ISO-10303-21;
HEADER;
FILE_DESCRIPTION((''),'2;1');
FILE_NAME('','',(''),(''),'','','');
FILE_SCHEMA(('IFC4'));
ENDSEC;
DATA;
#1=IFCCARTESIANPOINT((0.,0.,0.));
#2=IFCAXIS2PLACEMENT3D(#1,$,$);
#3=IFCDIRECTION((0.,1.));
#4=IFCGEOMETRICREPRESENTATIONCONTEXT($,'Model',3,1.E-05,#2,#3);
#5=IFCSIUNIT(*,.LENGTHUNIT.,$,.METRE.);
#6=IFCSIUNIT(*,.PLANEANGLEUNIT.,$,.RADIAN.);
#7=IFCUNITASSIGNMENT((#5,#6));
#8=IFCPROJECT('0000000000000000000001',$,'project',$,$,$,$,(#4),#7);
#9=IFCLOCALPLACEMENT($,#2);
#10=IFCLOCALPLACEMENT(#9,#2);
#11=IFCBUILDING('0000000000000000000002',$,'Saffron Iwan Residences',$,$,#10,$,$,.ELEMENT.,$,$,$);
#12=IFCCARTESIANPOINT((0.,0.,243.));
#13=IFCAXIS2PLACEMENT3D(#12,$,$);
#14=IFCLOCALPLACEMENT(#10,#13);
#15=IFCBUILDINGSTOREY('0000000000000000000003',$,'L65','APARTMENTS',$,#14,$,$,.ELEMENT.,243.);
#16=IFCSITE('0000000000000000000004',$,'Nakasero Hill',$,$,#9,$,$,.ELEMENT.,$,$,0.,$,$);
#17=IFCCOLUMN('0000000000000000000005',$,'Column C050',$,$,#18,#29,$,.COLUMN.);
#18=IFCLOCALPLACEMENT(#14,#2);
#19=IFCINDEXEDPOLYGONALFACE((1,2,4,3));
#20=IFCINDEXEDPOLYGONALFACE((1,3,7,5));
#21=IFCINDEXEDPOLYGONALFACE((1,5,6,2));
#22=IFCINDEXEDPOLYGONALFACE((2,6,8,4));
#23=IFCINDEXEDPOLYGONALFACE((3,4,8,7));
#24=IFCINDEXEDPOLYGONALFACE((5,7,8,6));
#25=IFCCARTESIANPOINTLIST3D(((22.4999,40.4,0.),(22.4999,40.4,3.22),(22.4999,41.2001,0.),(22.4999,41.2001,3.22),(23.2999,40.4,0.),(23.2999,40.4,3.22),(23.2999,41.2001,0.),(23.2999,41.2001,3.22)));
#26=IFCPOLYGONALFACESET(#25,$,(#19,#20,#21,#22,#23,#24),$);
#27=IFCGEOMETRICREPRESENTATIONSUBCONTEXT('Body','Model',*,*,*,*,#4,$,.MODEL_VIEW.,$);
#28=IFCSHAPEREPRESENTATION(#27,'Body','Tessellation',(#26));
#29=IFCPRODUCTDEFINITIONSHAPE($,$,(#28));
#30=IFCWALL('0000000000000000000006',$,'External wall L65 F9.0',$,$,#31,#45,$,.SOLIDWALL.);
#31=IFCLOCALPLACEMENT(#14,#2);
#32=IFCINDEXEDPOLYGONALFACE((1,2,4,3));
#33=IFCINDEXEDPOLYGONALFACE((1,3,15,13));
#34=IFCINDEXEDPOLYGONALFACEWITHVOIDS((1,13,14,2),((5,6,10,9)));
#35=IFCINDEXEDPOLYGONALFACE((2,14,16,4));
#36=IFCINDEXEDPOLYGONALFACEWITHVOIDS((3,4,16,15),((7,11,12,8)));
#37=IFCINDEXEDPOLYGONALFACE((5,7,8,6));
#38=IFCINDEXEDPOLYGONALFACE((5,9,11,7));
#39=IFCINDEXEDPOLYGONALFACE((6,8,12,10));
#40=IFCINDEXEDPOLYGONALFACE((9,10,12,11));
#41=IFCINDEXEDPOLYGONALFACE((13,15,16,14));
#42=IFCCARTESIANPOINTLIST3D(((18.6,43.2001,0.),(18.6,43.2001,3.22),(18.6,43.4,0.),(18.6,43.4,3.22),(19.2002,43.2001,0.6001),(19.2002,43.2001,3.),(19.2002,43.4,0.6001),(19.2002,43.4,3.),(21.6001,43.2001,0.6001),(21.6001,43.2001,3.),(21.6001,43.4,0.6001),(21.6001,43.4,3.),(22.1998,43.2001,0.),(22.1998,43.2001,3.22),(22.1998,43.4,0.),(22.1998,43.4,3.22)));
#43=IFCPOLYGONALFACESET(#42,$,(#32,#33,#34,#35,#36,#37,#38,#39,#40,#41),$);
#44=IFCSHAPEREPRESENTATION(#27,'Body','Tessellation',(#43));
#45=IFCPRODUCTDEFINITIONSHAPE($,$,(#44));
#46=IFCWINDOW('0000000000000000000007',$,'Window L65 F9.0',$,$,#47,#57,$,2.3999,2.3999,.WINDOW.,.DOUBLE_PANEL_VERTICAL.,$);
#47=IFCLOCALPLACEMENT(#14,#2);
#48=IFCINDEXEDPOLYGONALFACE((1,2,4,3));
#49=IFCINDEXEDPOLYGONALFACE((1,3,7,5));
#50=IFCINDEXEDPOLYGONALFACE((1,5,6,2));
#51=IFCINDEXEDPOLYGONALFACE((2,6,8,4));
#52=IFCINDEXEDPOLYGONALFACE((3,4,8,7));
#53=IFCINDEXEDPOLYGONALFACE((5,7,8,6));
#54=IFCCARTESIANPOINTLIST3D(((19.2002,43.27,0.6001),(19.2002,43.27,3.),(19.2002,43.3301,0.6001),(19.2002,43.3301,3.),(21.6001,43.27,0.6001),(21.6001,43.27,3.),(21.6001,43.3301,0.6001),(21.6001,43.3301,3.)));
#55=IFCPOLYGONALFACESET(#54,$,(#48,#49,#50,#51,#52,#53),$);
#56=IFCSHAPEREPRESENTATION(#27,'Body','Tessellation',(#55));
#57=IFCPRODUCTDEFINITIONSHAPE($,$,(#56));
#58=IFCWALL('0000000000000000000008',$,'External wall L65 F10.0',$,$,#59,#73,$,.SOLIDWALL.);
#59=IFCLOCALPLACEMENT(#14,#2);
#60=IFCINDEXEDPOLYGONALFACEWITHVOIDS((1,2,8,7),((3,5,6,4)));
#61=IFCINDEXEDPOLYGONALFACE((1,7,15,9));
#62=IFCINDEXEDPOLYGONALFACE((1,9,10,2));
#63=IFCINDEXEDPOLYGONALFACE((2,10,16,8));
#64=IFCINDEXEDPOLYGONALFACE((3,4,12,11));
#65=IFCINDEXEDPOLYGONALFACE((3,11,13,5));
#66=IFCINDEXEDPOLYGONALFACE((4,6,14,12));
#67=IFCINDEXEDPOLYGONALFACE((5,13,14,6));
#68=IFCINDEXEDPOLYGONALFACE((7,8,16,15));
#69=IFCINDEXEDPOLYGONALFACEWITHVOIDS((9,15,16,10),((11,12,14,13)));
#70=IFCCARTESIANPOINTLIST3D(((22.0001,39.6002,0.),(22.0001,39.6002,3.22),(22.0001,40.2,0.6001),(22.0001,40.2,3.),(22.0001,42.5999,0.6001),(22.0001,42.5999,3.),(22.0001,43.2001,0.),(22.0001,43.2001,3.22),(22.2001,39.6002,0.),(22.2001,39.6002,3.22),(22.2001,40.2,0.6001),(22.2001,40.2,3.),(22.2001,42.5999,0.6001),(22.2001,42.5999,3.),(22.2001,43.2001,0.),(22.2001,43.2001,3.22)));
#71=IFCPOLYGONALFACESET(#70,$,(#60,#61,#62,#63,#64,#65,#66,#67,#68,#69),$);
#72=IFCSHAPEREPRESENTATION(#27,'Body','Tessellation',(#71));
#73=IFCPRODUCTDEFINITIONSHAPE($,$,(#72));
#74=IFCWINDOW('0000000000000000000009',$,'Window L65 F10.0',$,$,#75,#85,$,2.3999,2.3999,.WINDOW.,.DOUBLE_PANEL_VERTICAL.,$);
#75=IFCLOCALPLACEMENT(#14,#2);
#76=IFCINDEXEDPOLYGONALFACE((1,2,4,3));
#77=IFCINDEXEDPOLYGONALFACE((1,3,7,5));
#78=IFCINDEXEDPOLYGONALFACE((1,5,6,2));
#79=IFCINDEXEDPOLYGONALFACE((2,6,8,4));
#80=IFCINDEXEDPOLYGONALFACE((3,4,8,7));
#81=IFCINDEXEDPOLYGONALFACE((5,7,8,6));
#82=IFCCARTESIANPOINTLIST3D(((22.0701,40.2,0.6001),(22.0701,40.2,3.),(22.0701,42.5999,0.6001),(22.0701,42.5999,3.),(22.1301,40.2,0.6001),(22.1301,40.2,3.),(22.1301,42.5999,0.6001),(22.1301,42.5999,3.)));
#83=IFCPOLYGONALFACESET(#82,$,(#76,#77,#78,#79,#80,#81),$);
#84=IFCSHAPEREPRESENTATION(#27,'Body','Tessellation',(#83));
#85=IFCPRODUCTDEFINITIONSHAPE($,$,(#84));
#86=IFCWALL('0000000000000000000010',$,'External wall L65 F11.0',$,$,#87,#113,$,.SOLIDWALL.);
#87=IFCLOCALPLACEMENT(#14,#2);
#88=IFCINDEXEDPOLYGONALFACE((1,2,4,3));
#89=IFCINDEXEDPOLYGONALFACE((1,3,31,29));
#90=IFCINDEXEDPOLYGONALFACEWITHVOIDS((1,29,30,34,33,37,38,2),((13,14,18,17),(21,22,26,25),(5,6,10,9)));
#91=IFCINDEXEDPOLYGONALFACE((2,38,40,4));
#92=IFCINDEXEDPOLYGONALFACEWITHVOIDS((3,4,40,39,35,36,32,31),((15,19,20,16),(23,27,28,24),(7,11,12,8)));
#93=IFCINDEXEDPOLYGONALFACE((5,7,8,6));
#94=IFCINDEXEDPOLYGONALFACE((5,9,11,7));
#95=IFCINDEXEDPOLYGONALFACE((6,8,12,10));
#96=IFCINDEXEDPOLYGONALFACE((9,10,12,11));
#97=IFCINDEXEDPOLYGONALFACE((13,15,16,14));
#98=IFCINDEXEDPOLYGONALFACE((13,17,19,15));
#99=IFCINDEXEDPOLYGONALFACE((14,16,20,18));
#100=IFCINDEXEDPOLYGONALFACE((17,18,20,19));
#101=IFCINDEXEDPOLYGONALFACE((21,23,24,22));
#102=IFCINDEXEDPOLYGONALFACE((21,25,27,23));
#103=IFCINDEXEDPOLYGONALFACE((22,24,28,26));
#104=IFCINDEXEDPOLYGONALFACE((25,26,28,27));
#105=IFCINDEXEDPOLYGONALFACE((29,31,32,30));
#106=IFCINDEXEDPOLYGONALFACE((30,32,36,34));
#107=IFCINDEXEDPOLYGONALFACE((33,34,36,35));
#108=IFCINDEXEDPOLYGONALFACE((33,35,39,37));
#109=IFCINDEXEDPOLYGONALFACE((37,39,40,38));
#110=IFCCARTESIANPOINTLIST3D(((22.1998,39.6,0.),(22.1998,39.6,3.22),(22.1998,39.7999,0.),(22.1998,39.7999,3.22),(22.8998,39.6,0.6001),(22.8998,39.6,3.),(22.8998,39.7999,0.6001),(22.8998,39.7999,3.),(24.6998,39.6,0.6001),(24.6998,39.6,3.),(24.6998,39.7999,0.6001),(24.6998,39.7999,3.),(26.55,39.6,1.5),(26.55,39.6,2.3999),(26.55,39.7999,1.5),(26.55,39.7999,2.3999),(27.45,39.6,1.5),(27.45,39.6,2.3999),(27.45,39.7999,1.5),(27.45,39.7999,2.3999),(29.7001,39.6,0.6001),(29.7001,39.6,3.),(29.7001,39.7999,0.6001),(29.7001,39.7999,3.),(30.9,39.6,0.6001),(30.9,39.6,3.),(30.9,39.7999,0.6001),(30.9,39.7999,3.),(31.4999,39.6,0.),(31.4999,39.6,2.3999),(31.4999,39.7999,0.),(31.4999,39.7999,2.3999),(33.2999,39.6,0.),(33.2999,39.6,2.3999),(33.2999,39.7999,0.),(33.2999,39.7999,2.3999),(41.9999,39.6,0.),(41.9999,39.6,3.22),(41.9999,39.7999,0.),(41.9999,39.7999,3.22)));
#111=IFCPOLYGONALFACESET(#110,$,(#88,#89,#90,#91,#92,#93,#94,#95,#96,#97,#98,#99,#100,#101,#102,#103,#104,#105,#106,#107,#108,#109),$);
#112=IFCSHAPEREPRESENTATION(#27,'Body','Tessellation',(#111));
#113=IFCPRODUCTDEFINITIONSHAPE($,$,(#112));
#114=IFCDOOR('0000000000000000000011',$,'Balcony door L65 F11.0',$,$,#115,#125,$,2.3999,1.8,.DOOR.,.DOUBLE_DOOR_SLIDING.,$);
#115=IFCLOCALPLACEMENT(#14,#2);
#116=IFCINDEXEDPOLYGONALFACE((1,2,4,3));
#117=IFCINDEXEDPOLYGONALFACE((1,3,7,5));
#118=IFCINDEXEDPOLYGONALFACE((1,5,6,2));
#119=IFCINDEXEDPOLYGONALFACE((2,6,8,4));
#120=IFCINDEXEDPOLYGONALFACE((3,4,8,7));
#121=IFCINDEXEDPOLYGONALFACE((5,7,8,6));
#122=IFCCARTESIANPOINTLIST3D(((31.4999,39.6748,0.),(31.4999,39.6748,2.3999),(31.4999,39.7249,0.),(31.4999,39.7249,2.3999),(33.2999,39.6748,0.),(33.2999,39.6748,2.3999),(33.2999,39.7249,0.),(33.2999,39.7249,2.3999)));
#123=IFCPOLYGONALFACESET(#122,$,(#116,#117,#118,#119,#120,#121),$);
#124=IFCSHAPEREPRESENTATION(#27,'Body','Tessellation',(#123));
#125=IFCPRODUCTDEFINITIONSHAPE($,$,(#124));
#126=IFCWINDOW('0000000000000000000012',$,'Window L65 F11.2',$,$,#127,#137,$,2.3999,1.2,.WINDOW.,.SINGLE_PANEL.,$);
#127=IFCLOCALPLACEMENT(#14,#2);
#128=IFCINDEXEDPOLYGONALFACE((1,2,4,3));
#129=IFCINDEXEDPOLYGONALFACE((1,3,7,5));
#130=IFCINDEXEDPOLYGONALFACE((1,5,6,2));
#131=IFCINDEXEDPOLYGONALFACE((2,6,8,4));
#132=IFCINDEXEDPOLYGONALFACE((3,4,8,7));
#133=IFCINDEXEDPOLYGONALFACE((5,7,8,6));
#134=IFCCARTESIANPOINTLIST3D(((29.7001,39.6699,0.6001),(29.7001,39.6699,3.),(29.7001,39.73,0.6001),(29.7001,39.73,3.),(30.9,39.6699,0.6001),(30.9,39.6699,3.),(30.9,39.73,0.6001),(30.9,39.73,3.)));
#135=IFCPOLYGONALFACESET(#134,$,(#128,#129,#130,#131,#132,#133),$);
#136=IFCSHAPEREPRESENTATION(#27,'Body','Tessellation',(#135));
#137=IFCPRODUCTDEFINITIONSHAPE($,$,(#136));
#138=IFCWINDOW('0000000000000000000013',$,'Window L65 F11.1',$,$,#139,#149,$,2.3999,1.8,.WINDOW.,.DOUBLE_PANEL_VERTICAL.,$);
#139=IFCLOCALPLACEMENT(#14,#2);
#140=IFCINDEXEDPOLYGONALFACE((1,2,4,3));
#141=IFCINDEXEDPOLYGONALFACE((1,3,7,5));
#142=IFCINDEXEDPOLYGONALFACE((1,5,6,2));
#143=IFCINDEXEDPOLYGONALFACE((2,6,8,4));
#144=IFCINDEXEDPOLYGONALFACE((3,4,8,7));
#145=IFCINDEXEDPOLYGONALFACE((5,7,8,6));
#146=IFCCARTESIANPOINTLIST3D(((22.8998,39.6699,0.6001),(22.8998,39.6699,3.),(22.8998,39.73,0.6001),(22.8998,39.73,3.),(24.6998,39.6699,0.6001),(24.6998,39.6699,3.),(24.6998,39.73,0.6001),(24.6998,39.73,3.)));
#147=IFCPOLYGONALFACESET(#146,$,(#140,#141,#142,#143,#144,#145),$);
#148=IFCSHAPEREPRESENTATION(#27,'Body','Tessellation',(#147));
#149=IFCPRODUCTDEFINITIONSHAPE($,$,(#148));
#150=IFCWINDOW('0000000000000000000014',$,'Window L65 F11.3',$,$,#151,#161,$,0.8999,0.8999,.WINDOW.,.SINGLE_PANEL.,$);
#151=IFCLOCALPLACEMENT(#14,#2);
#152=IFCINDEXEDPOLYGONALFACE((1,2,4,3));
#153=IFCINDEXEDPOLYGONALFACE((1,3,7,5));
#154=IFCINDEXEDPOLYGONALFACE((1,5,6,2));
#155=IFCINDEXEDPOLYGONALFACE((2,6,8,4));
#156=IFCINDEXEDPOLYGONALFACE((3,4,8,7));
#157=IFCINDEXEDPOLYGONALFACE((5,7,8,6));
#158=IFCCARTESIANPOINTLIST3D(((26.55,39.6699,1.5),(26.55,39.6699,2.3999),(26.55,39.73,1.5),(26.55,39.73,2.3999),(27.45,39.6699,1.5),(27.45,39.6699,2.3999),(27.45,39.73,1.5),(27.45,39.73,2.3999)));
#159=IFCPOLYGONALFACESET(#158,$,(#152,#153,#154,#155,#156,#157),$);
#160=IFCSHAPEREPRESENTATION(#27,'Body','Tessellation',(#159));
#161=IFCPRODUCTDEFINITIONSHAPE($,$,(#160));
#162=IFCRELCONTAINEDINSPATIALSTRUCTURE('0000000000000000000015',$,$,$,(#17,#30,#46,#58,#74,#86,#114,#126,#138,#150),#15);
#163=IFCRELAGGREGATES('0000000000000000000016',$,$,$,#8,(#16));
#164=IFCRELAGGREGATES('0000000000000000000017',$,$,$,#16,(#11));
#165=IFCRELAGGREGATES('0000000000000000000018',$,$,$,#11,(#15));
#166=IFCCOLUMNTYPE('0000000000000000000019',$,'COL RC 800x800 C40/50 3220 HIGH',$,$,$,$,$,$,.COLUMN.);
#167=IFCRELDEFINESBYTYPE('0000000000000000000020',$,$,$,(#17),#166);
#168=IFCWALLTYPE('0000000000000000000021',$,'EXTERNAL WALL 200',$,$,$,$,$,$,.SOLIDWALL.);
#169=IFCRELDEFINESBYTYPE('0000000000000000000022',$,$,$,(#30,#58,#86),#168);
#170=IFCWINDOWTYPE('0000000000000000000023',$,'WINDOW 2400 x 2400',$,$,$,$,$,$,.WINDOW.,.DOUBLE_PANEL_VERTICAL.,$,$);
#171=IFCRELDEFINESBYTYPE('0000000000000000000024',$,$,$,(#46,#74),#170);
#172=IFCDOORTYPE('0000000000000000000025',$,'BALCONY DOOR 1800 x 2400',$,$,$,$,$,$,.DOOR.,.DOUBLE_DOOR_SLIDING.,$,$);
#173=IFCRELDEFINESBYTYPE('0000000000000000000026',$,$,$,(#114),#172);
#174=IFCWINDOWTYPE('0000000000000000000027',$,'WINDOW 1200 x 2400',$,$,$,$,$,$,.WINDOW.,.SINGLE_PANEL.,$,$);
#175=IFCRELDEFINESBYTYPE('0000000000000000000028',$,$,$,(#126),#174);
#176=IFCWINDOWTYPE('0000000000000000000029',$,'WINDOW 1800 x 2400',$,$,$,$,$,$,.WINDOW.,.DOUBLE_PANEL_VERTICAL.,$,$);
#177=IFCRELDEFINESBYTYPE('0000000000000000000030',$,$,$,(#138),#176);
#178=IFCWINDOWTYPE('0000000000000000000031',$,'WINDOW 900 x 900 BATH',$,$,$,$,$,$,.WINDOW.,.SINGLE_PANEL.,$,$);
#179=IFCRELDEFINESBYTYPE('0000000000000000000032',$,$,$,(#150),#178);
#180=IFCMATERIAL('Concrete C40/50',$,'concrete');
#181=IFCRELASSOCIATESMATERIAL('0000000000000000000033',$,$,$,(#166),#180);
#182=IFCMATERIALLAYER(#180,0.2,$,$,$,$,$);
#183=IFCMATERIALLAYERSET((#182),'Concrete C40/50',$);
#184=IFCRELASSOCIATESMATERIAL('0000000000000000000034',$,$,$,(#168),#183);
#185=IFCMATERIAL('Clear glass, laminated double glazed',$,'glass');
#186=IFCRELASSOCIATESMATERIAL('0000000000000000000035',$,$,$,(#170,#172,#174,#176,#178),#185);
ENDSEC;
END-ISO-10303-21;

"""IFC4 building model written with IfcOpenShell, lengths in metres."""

from ifc_helpers import new_model, si_unit, direction, frame, frame_2d, origin, origin_2d, place, context, subcontext, project, spatial, rectangle, extrude, source, transform, mapped, material, layer, layer_set, material_profile, profile_set, type_object, element, fill, save


model = new_model("IFC4")

# Units and contexts
model_context = context("Model", 3, precision=1e-05, world=origin(), true_north=direction((0.0, 1.0)))
body_context = subcontext(model_context, "Body", "Model", "MODEL_VIEW")
ifc_project = project(units=[si_unit("LENGTHUNIT", "METRE"), si_unit("PLANEANGLEUNIT", "RADIAN")], contexts=[model_context])

# Site, building, storey
site_placement = place(None, origin())
site = spatial("IfcSite", under=ifc_project, at=site_placement, Name="Nakasero Hill", CompositionType="ELEMENT", RefElevation=0.0)
building_placement = place(site_placement, origin())
building = spatial("IfcBuilding", under=site, at=building_placement, Name="Saffron Iwan Residences", CompositionType="ELEMENT")
storey_placement = place(building_placement, frame((0.0, 0.0, 243.0)))
storey = spatial("IfcBuildingStorey", under=building, at=storey_placement, Name="L65", Description="APARTMENTS", CompositionType="ELEMENT", Elevation=243.0)

# Column
ifc_material_1 = material(Name="Concrete C40/50", Category="concrete")
ifc_material_profile = material_profile(ifc_material_1, rectangle(XDim=0.8, YDim=0.8, at=origin_2d()), Name="RC 800x800")
ifc_profile_set = profile_set([ifc_material_profile], Name="Concrete C40/50")
column_type = type_object("IfcColumnType", Name="COL RC 800x800 C40/50 3220 HIGH", PredefinedType="COLUMN", material=ifc_profile_set)
shared_shape = source(origin(), body_context, "Body", "SweptSolid", [
    extrude(rectangle(XDim=0.8, YDim=0.8, at=origin_2d()), origin(), (0.0, 0.0, 1.0), 3.22),
])
column_placement = place(storey_placement, frame((22.8999, 40.8, 0.0), z_axis=(0.0, 0.0, 1.0), x_axis=(1.0, 0.0, 0.0)))
element("IfcColumn", 1, at=column_placement, inside=storey, type_object=column_type, Name="Column C050", PredefinedType="COLUMN", context=body_context, shape_type="MappedRepresentation", body=[
    mapped(shared_shape, transform((0.0, 0.0, 0.0))),
])

# Walls, openings, windows
ifc_layer_1 = layer(ifc_material_1, 0.2)
ifc_layer_set_1 = layer_set([ifc_layer_1], Name="Concrete C40/50")
wall_type_1 = type_object("IfcWallType", Name="EXTERNAL WALL 200", PredefinedType="SOLIDWALL", material=ifc_layer_set_1)
wall_1_placement = place(storey_placement, frame((18.6001, 43.3, 0.0), z_axis=(0.0, 0.0, 1.0), x_axis=(1.0, 0.0, 0.0)))
wall_1 = element("IfcWall", 2, at=wall_1_placement, inside=storey, type_object=wall_type_1, Name="External wall L65 F9.0", PredefinedType="SOLIDWALL", context=body_context, shape_type="SweptSolid", body=[
    extrude(rectangle(XDim=3.5999, YDim=0.2, at=frame_2d((1.7998, 0.0))), origin(), (0.0, 0.0, 1.0), 3.22),
])
opening_1_placement = place(wall_1_placement, frame((0.6001, 0.0, 0.6001)))
opening_1 = element("IfcOpeningElement", 3, at=opening_1_placement, cuts=wall_1, PredefinedType="OPENING", context=body_context, shape_type="SweptSolid", body=[
    extrude(rectangle(XDim=2.3999, YDim=2.3999, at=frame_2d((1.2, 1.2))), frame((0.0, 0.1099, 0.0), z_axis=(0.0, -1.0, 0.0), x_axis=(1.0, 0.0, 0.0)), (0.0, 0.0, 1.0), 0.22),
])
ifc_material_2 = material(Name="Clear glass, laminated double glazed", Category="glass")
window_type_1 = type_object("IfcWindowType", Name="WINDOW 2400 x 2400", PartitioningType="DOUBLE_PANEL_VERTICAL", PredefinedType="WINDOW", material=ifc_material_2)
window_1_placement = place(opening_1_placement, origin())
window_1 = element("IfcWindow", 4, at=window_1_placement, inside=storey, type_object=window_type_1, Name="Window L65 F9.0", OverallHeight=2.3999, OverallWidth=2.3999, PartitioningType="DOUBLE_PANEL_VERTICAL", PredefinedType="WINDOW", context=body_context, shape_type="SweptSolid", body=[
    extrude(rectangle(XDim=2.3999, YDim=2.3999, at=frame_2d((1.2, 1.2))), frame((0.0, 0.03, 0.0), z_axis=(0.0, -1.0, 0.0), x_axis=(1.0, 0.0, 0.0)), (0.0, 0.0, 1.0), 0.0601),
])
fill(opening_1, window_1)
wall_2_placement = place(storey_placement, frame((22.1001, 43.2, 0.0), z_axis=(0.0, 0.0, 1.0), x_axis=(0.0, -1.0, 0.0)))
wall_2 = element("IfcWall", 5, at=wall_2_placement, inside=storey, type_object=wall_type_1, Name="External wall L65 F10.0", PredefinedType="SOLIDWALL", context=body_context, shape_type="SweptSolid", body=[
    extrude(rectangle(XDim=3.5999, YDim=0.2, at=frame_2d((1.7998, 0.0))), origin(), (0.0, 0.0, 1.0), 3.22),
])
opening_2_placement = place(wall_2_placement, frame((0.6001, 0.0, 0.6001)))
opening_2 = element("IfcOpeningElement", 6, at=opening_2_placement, cuts=wall_2, PredefinedType="OPENING", context=body_context, shape_type="SweptSolid", body=[
    extrude(rectangle(XDim=2.3999, YDim=2.3999, at=frame_2d((1.2, 1.2))), frame((0.0, 0.1099, 0.0), z_axis=(0.0, -1.0, 0.0), x_axis=(1.0, 0.0, 0.0)), (0.0, 0.0, 1.0), 0.22),
])
window_2_placement = place(opening_2_placement, origin())
window_2 = element("IfcWindow", 7, at=window_2_placement, inside=storey, type_object=window_type_1, Name="Window L65 F10.0", OverallHeight=2.3999, OverallWidth=2.3999, PartitioningType="DOUBLE_PANEL_VERTICAL", PredefinedType="WINDOW", context=body_context, shape_type="SweptSolid", body=[
    extrude(rectangle(XDim=2.3999, YDim=2.3999, at=frame_2d((1.2, 1.2))), frame((0.0, 0.03, 0.0), z_axis=(0.0, -1.0, 0.0), x_axis=(1.0, 0.0, 0.0)), (0.0, 0.0, 1.0), 0.0601),
])
fill(opening_2, window_2)

# Wall, openings, door, windows
wall_3_placement = place(storey_placement, frame((22.2, 39.7, 0.0), z_axis=(0.0, 0.0, 1.0), x_axis=(1.0, 0.0, 0.0)))
wall_3 = element("IfcWall", 8, at=wall_3_placement, inside=storey, type_object=wall_type_1, Name="External wall L65 F11.0", PredefinedType="SOLIDWALL", context=body_context, shape_type="SweptSolid", body=[
    extrude(rectangle(XDim=19.8, YDim=0.2, at=frame_2d((9.8999, 0.0))), origin(), (0.0, 0.0, 1.0), 3.22),
])
opening_3_placement = place(wall_3_placement, frame((9.3, 0.0, 0.0)))
opening_3 = element("IfcOpeningElement", 9, at=opening_3_placement, cuts=wall_3, PredefinedType="OPENING", context=body_context, shape_type="SweptSolid", body=[
    extrude(rectangle(XDim=1.8, YDim=2.3999, at=frame_2d((0.8999, 1.2))), frame((0.0, 0.1099, 0.0), z_axis=(0.0, -1.0, 0.0), x_axis=(1.0, 0.0, 0.0)), (0.0, 0.0, 1.0), 0.22),
])
opening_4_placement = place(wall_3_placement, frame((0.7, 0.0, 0.6001)))
opening_4 = element("IfcOpeningElement", 10, at=opening_4_placement, cuts=wall_3, PredefinedType="OPENING", context=body_context, shape_type="SweptSolid", body=[
    extrude(rectangle(XDim=1.8, YDim=2.3999, at=frame_2d((0.8999, 1.2))), frame((0.0, 0.1099, 0.0), z_axis=(0.0, -1.0, 0.0), x_axis=(1.0, 0.0, 0.0)), (0.0, 0.0, 1.0), 0.22),
])
opening_5_placement = place(wall_3_placement, frame((7.5, 0.0, 0.6001)))
opening_5 = element("IfcOpeningElement", 11, at=opening_5_placement, cuts=wall_3, PredefinedType="OPENING", context=body_context, shape_type="SweptSolid", body=[
    extrude(rectangle(XDim=1.2, YDim=2.3999, at=frame_2d((0.6001, 1.2))), frame((0.0, 0.1099, 0.0), z_axis=(0.0, -1.0, 0.0), x_axis=(1.0, 0.0, 0.0)), (0.0, 0.0, 1.0), 0.22),
])
opening_6_placement = place(wall_3_placement, frame((4.3501, 0.0, 1.5)))
opening_6 = element("IfcOpeningElement", 12, at=opening_6_placement, cuts=wall_3, PredefinedType="OPENING", context=body_context, shape_type="SweptSolid", body=[
    extrude(rectangle(XDim=0.8999, YDim=0.8999, at=frame_2d((0.45, 0.45))), frame((0.0, 0.1099, 0.0), z_axis=(0.0, -1.0, 0.0), x_axis=(1.0, 0.0, 0.0)), (0.0, 0.0, 1.0), 0.22),
])
door_type_1 = type_object("IfcDoorType", Name="BALCONY DOOR 1800 x 2400", OperationType="DOUBLE_DOOR_SLIDING", PredefinedType="DOOR", material=ifc_material_2)
door_1_placement = place(opening_3_placement, origin())
door_1 = element("IfcDoor", 13, at=door_1_placement, inside=storey, type_object=door_type_1, Name="Balcony door L65 F11.0", OperationType="DOUBLE_DOOR_SLIDING", OverallHeight=2.3999, OverallWidth=1.8, PredefinedType="DOOR", context=body_context, shape_type="SweptSolid", body=[
    extrude(rectangle(XDim=1.8, YDim=2.3999, at=frame_2d((0.8999, 1.2))), frame((0.0, 0.0249, 0.0), z_axis=(0.0, -1.0, 0.0), x_axis=(1.0, 0.0, 0.0)), (0.0, 0.0, 1.0), 0.05),
])
fill(opening_3, door_1)
window_type_2 = type_object("IfcWindowType", Name="WINDOW 1200 x 2400", PartitioningType="SINGLE_PANEL", PredefinedType="WINDOW", material=ifc_material_2)
window_3_placement = place(opening_5_placement, origin())
window_3 = element("IfcWindow", 14, at=window_3_placement, inside=storey, type_object=window_type_2, Name="Window L65 F11.2", OverallHeight=2.3999, OverallWidth=1.2, PartitioningType="SINGLE_PANEL", PredefinedType="WINDOW", context=body_context, shape_type="SweptSolid", body=[
    extrude(rectangle(XDim=1.2, YDim=2.3999, at=frame_2d((0.6001, 1.2))), frame((0.0, 0.03, 0.0), z_axis=(0.0, -1.0, 0.0), x_axis=(1.0, 0.0, 0.0)), (0.0, 0.0, 1.0), 0.0601),
])
fill(opening_5, window_3)
window_type_3 = type_object("IfcWindowType", Name="WINDOW 1800 x 2400", PartitioningType="DOUBLE_PANEL_VERTICAL", PredefinedType="WINDOW", material=ifc_material_2)
window_4_placement = place(opening_4_placement, origin())
window_4 = element("IfcWindow", 15, at=window_4_placement, inside=storey, type_object=window_type_3, Name="Window L65 F11.1", OverallHeight=2.3999, OverallWidth=1.8, PartitioningType="DOUBLE_PANEL_VERTICAL", PredefinedType="WINDOW", context=body_context, shape_type="SweptSolid", body=[
    extrude(rectangle(XDim=1.8, YDim=2.3999, at=frame_2d((0.8999, 1.2))), frame((0.0, 0.03, 0.0), z_axis=(0.0, -1.0, 0.0), x_axis=(1.0, 0.0, 0.0)), (0.0, 0.0, 1.0), 0.0601),
])
fill(opening_4, window_4)
window_type_4 = type_object("IfcWindowType", Name="WINDOW 900 x 900 BATH", PartitioningType="SINGLE_PANEL", PredefinedType="WINDOW", material=ifc_material_2)
window_5_placement = place(opening_6_placement, origin())
window_5 = element("IfcWindow", 16, at=window_5_placement, inside=storey, type_object=window_type_4, Name="Window L65 F11.3", OverallHeight=0.8999, OverallWidth=0.8999, PartitioningType="SINGLE_PANEL", PredefinedType="WINDOW", context=body_context, shape_type="SweptSolid", body=[
    extrude(rectangle(XDim=0.8999, YDim=0.8999, at=frame_2d((0.45, 0.45))), frame((0.0, 0.03, 0.0), z_axis=(0.0, -1.0, 0.0), x_axis=(1.0, 0.0, 0.0)), (0.0, 0.0, 1.0), 0.0601),
])
fill(opening_6, window_5)

save(model, "model.ifc")
